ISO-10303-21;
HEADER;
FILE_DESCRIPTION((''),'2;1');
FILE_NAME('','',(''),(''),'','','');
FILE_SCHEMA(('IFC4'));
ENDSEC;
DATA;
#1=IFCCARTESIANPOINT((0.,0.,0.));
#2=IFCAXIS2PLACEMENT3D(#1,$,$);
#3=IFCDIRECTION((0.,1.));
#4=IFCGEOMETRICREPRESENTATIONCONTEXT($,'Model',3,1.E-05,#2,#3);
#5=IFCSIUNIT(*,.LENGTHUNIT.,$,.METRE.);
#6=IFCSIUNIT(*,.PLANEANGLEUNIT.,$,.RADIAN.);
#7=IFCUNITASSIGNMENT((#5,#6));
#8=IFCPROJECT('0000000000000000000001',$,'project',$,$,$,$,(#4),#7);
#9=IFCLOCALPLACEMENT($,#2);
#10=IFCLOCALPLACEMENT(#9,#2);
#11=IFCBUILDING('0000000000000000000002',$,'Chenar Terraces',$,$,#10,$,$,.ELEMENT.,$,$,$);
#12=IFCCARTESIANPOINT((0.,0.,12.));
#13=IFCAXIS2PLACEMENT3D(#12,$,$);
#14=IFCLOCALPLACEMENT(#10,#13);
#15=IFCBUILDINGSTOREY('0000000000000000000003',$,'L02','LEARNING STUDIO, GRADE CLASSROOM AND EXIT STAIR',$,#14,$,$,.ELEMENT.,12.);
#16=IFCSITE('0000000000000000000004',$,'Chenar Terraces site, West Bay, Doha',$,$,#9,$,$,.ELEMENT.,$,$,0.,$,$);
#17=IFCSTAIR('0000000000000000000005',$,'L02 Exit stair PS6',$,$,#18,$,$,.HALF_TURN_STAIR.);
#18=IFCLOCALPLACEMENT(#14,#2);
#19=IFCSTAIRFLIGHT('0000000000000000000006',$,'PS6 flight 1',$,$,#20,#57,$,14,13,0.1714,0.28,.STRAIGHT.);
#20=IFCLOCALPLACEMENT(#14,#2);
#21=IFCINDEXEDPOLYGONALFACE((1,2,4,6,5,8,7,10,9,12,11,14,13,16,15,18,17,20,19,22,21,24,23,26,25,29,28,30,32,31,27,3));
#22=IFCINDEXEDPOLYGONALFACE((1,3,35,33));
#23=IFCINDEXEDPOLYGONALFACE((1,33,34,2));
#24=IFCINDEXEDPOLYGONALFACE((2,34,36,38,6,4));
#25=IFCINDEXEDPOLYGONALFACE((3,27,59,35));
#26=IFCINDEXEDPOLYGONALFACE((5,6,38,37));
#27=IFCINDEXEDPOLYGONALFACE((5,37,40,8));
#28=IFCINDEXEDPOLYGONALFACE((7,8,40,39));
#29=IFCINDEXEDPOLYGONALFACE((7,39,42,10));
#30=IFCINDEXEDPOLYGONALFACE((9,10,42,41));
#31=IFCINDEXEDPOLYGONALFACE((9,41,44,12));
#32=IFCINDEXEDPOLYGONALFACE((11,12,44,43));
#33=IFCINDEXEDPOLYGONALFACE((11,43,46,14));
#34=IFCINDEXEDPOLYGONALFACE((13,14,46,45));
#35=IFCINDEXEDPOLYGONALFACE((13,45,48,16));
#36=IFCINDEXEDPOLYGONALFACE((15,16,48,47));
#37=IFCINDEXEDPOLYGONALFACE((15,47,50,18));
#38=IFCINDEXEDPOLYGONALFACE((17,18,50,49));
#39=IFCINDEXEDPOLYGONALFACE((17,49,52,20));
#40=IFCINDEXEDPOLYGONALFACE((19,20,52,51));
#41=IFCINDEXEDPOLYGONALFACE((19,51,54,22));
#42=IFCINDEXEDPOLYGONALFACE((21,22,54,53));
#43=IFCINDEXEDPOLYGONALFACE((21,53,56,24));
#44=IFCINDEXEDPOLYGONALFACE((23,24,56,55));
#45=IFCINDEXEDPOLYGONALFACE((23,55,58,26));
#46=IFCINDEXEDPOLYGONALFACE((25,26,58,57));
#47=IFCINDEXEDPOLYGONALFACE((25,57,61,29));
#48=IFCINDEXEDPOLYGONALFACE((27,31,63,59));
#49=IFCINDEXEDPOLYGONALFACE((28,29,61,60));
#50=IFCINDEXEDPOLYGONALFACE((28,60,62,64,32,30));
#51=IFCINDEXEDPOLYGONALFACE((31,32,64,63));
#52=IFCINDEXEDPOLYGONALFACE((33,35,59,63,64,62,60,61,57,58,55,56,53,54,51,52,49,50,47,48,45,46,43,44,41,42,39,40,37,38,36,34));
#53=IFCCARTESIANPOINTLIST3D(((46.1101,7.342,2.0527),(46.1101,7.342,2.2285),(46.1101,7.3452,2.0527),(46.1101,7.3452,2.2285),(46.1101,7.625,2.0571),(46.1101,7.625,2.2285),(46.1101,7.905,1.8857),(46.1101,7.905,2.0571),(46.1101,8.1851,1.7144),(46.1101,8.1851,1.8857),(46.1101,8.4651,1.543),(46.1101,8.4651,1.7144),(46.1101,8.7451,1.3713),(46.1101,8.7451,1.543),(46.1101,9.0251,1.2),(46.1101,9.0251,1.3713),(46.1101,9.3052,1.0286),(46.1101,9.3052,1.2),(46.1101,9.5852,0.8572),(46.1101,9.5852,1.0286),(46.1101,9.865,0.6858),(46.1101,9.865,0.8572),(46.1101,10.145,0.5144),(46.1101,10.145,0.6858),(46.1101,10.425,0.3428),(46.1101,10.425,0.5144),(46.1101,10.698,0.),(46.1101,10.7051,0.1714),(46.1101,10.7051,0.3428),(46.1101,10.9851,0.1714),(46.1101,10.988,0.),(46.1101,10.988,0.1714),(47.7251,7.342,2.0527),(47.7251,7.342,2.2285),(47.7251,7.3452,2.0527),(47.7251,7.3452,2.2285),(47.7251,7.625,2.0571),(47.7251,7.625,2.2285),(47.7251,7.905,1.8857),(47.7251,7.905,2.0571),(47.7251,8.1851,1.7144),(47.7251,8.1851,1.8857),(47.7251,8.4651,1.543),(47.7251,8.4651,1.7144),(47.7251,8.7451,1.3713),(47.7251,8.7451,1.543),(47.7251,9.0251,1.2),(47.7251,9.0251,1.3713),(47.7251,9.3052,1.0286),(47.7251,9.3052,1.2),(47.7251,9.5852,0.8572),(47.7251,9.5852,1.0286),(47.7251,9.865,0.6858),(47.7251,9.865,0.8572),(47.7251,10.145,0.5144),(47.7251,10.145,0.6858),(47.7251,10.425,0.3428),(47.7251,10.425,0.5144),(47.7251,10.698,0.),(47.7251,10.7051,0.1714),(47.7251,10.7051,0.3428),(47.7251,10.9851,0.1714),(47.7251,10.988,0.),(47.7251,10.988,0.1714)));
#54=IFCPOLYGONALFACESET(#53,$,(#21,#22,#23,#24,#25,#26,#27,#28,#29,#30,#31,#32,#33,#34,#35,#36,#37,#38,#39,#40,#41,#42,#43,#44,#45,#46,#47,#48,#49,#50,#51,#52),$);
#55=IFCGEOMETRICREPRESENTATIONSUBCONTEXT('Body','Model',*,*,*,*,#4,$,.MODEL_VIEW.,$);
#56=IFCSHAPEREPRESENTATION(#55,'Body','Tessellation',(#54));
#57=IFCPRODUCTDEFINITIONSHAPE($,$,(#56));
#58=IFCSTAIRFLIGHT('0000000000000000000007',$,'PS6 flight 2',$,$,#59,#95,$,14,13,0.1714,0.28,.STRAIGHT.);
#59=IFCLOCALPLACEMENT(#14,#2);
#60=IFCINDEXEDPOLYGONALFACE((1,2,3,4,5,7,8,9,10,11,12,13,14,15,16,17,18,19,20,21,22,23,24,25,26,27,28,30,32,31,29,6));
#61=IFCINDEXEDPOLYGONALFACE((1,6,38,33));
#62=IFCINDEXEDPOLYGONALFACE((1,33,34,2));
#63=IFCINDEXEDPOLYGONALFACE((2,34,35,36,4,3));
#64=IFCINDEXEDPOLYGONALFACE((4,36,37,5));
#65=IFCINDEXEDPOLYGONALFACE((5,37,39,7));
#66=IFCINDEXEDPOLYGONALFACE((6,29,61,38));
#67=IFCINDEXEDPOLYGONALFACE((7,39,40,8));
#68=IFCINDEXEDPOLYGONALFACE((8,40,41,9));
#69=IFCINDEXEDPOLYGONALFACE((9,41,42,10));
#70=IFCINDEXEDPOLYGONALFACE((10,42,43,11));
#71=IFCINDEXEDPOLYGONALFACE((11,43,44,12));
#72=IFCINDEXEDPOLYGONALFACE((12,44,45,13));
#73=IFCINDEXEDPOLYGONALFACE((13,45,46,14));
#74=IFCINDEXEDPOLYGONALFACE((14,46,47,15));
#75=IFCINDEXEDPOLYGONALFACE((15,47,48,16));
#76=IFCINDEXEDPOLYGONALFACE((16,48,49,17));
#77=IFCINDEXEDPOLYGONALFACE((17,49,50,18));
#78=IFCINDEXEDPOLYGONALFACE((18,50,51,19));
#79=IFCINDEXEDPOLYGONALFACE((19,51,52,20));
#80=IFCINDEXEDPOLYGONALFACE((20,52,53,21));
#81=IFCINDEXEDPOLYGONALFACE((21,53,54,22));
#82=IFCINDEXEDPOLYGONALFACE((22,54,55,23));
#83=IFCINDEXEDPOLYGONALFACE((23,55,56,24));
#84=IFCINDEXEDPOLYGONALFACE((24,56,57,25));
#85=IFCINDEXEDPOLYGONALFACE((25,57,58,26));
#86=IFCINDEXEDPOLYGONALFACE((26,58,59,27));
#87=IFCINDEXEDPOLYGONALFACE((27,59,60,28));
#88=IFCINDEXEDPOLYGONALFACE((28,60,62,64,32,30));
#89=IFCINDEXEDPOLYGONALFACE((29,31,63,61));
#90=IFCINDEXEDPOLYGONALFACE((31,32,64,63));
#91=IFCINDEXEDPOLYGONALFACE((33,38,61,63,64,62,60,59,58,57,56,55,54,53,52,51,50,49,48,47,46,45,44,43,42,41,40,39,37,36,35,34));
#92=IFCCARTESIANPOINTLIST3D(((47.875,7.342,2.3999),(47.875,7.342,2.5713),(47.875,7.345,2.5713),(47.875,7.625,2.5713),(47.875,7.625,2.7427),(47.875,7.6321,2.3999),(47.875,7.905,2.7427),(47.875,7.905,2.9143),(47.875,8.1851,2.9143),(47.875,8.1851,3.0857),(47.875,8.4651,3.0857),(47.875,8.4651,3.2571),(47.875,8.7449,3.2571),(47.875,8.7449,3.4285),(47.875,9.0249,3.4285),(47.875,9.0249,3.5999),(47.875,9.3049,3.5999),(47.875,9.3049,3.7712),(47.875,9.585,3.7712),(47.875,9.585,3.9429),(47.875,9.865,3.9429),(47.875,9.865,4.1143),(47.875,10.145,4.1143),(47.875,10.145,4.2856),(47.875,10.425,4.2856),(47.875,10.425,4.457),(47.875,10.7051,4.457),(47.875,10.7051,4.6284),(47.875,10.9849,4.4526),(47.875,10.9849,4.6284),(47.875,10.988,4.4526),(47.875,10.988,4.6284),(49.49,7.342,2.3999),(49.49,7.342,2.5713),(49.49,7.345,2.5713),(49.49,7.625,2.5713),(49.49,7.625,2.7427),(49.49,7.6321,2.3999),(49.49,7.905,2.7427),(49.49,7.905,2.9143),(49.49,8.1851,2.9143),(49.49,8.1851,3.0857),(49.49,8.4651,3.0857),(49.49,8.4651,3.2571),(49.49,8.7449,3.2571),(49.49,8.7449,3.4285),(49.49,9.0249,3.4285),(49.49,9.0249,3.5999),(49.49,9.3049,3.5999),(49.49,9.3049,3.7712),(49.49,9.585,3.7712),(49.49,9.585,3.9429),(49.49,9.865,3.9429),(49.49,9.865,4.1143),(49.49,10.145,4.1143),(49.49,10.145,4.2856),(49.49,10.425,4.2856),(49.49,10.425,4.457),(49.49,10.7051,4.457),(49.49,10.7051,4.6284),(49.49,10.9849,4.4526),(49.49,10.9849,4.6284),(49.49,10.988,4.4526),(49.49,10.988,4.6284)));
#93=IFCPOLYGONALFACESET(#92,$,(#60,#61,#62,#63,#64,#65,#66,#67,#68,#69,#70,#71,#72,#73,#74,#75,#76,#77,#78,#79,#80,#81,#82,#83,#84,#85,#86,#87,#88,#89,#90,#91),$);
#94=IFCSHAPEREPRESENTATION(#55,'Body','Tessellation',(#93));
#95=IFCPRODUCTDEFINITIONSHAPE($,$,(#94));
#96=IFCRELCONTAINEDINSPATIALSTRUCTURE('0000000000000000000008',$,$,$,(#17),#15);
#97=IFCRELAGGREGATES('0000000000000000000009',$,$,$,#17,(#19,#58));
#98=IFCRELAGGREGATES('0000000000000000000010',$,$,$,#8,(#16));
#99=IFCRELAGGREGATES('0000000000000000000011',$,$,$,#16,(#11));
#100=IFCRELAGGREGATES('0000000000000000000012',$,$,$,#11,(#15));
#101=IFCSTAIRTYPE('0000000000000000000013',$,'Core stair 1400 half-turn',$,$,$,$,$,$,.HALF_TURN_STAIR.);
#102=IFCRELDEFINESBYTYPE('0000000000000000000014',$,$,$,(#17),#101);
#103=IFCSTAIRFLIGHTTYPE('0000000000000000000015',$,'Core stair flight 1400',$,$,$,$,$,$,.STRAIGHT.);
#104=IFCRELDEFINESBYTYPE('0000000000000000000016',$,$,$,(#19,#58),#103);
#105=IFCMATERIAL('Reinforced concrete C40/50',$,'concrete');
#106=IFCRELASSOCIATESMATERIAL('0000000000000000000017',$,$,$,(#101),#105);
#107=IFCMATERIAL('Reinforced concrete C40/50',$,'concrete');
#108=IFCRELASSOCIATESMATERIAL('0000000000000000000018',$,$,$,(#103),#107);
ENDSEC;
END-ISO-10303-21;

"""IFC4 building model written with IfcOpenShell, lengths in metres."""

from ifc_helpers import new_model, si_unit, direction, frame, origin, place, context, subcontext, project, spatial, polyline, outline, extrude, material, type_object, element, aggregate, save


model = new_model("IFC4")

# Units and contexts
model_context = context("Model", 3, precision=1e-05, world=origin(), true_north=direction((0.0, 1.0)))
body_context = subcontext(model_context, "Body", "Model", "MODEL_VIEW")
ifc_project = project(units=[si_unit("LENGTHUNIT", "METRE"), si_unit("PLANEANGLEUNIT", "RADIAN")], contexts=[model_context])

# Site, building, storey
site_placement = place(None, origin())
site = spatial("IfcSite", under=ifc_project, at=site_placement, Name="Chenar Terraces site, West Bay, Doha", CompositionType="ELEMENT", RefElevation=0.0)
building_placement = place(site_placement, origin())
building = spatial("IfcBuilding", under=site, at=building_placement, Name="Chenar Terraces", CompositionType="ELEMENT")
storey_placement = place(building_placement, frame((0.0, 0.0, 12.0)))
storey = spatial("IfcBuildingStorey", under=building, at=storey_placement, Name="L02", Description="LEARNING STUDIO, GRADE CLASSROOM AND EXIT STAIR", CompositionType="ELEMENT", Elevation=12.0)

# Shared definitions
ifc_material_1 = material(Name="Reinforced concrete C40/50", Category="concrete")
stair_type = type_object("IfcStairType", Name="Core stair 1400 half-turn", PredefinedType="HALF_TURN_STAIR", material=ifc_material_1)
placement = place(storey_placement, origin())
ifc_material_2 = material(Name="Reinforced concrete C40/50", Category="concrete")
stair_flight_type = type_object("IfcStairFlightType", Name="Core stair flight 1400", PredefinedType="STRAIGHT", material=ifc_material_2)

# Stair, stair flights
stair_1 = element("IfcStair", 1, at=placement, inside=storey, type_object=stair_type, Name="L02 Exit stair PS6", PredefinedType="HALF_TURN_STAIR")
stair_flight_1_placement = place(storey_placement, frame((46.9175, 10.9851, 0.0), z_axis=(0.0, 0.0, 1.0), x_axis=(0.0, -1.0, 0.0)))
stair_flight_1 = element("IfcStairFlight", 2, at=stair_flight_1_placement, type_object=stair_flight_type, Name="PS6 flight 1", NumberOfRisers=14, NumberOfTreads=13, PredefinedType="STRAIGHT", RiserHeight=0.1714, TreadLength=0.28, context=body_context, shape_type="SweptSolid", body=[
    extrude(outline(polyline([(-0.0029, 0.0), (-0.0029, 0.1714), (0.0, 0.1714), (0.28, 0.1714), (0.28, 0.3428), (0.5601, 0.3428), (0.5601, 0.5144), (0.8401, 0.5144), (0.8401, 0.6858), (1.1201, 0.6858), (1.1201, 0.8572), (1.3999, 0.8572), (1.3999, 1.0286), (1.6799, 1.0286), (1.6799, 1.2), (1.96, 1.2), (1.96, 1.3713), (2.24, 1.3713), (2.24, 1.543), (2.52, 1.543), (2.52, 1.7144), (2.8, 1.7144), (2.8, 1.8857), (3.0801, 1.8857), (3.0801, 2.0571), (3.3601, 2.0571), (3.3601, 2.2285), (3.6399, 2.2285), (3.6431, 2.2285), (3.6431, 2.0527), (3.6399, 2.0527), (0.2871, 0.0), (-0.0029, 0.0)])), frame((0.0, 0.8076, 0.0), z_axis=(0.0, -1.0, 0.0), x_axis=(1.0, 0.0, 0.0)), (0.0, 0.0, 1.0), 1.615),
])
stair_flight_2_placement = place(storey_placement, frame((48.6826, 7.345, 2.3999), z_axis=(0.0, 0.0, 1.0), x_axis=(0.0, 1.0, 0.0)))
stair_flight_2 = element("IfcStairFlight", 3, at=stair_flight_2_placement, type_object=stair_flight_type, Name="PS6 flight 2", NumberOfRisers=14, NumberOfTreads=13, PredefinedType="STRAIGHT", RiserHeight=0.1714, TreadLength=0.28, context=body_context, shape_type="SweptSolid", body=[
    extrude(outline(polyline([(-0.0029, 0.0), (-0.0029, 0.1714), (0.0, 0.1714), (0.28, 0.1714), (0.28, 0.3428), (0.5601, 0.3428), (0.5601, 0.5144), (0.8401, 0.5144), (0.8401, 0.6858), (1.1201, 0.6858), (1.1201, 0.8572), (1.3999, 0.8572), (1.3999, 1.0286), (1.6799, 1.0286), (1.6799, 1.2), (1.96, 1.2), (1.96, 1.3713), (2.24, 1.3713), (2.24, 1.543), (2.52, 1.543), (2.52, 1.7144), (2.8, 1.7144), (2.8, 1.8857), (3.0801, 1.8857), (3.0801, 2.0571), (3.3601, 2.0571), (3.3601, 2.2285), (3.6399, 2.2285), (3.6431, 2.2285), (3.6431, 2.0527), (3.6399, 2.0527), (0.2871, 0.0), (-0.0029, 0.0)])), frame((0.0, 0.8076, 0.0), z_axis=(0.0, -1.0, 0.0), x_axis=(1.0, 0.0, 0.0)), (0.0, 0.0, 1.0), 1.615),
])
aggregate(stair_1, [stair_flight_1, stair_flight_2])

save(model, "model.ifc")
